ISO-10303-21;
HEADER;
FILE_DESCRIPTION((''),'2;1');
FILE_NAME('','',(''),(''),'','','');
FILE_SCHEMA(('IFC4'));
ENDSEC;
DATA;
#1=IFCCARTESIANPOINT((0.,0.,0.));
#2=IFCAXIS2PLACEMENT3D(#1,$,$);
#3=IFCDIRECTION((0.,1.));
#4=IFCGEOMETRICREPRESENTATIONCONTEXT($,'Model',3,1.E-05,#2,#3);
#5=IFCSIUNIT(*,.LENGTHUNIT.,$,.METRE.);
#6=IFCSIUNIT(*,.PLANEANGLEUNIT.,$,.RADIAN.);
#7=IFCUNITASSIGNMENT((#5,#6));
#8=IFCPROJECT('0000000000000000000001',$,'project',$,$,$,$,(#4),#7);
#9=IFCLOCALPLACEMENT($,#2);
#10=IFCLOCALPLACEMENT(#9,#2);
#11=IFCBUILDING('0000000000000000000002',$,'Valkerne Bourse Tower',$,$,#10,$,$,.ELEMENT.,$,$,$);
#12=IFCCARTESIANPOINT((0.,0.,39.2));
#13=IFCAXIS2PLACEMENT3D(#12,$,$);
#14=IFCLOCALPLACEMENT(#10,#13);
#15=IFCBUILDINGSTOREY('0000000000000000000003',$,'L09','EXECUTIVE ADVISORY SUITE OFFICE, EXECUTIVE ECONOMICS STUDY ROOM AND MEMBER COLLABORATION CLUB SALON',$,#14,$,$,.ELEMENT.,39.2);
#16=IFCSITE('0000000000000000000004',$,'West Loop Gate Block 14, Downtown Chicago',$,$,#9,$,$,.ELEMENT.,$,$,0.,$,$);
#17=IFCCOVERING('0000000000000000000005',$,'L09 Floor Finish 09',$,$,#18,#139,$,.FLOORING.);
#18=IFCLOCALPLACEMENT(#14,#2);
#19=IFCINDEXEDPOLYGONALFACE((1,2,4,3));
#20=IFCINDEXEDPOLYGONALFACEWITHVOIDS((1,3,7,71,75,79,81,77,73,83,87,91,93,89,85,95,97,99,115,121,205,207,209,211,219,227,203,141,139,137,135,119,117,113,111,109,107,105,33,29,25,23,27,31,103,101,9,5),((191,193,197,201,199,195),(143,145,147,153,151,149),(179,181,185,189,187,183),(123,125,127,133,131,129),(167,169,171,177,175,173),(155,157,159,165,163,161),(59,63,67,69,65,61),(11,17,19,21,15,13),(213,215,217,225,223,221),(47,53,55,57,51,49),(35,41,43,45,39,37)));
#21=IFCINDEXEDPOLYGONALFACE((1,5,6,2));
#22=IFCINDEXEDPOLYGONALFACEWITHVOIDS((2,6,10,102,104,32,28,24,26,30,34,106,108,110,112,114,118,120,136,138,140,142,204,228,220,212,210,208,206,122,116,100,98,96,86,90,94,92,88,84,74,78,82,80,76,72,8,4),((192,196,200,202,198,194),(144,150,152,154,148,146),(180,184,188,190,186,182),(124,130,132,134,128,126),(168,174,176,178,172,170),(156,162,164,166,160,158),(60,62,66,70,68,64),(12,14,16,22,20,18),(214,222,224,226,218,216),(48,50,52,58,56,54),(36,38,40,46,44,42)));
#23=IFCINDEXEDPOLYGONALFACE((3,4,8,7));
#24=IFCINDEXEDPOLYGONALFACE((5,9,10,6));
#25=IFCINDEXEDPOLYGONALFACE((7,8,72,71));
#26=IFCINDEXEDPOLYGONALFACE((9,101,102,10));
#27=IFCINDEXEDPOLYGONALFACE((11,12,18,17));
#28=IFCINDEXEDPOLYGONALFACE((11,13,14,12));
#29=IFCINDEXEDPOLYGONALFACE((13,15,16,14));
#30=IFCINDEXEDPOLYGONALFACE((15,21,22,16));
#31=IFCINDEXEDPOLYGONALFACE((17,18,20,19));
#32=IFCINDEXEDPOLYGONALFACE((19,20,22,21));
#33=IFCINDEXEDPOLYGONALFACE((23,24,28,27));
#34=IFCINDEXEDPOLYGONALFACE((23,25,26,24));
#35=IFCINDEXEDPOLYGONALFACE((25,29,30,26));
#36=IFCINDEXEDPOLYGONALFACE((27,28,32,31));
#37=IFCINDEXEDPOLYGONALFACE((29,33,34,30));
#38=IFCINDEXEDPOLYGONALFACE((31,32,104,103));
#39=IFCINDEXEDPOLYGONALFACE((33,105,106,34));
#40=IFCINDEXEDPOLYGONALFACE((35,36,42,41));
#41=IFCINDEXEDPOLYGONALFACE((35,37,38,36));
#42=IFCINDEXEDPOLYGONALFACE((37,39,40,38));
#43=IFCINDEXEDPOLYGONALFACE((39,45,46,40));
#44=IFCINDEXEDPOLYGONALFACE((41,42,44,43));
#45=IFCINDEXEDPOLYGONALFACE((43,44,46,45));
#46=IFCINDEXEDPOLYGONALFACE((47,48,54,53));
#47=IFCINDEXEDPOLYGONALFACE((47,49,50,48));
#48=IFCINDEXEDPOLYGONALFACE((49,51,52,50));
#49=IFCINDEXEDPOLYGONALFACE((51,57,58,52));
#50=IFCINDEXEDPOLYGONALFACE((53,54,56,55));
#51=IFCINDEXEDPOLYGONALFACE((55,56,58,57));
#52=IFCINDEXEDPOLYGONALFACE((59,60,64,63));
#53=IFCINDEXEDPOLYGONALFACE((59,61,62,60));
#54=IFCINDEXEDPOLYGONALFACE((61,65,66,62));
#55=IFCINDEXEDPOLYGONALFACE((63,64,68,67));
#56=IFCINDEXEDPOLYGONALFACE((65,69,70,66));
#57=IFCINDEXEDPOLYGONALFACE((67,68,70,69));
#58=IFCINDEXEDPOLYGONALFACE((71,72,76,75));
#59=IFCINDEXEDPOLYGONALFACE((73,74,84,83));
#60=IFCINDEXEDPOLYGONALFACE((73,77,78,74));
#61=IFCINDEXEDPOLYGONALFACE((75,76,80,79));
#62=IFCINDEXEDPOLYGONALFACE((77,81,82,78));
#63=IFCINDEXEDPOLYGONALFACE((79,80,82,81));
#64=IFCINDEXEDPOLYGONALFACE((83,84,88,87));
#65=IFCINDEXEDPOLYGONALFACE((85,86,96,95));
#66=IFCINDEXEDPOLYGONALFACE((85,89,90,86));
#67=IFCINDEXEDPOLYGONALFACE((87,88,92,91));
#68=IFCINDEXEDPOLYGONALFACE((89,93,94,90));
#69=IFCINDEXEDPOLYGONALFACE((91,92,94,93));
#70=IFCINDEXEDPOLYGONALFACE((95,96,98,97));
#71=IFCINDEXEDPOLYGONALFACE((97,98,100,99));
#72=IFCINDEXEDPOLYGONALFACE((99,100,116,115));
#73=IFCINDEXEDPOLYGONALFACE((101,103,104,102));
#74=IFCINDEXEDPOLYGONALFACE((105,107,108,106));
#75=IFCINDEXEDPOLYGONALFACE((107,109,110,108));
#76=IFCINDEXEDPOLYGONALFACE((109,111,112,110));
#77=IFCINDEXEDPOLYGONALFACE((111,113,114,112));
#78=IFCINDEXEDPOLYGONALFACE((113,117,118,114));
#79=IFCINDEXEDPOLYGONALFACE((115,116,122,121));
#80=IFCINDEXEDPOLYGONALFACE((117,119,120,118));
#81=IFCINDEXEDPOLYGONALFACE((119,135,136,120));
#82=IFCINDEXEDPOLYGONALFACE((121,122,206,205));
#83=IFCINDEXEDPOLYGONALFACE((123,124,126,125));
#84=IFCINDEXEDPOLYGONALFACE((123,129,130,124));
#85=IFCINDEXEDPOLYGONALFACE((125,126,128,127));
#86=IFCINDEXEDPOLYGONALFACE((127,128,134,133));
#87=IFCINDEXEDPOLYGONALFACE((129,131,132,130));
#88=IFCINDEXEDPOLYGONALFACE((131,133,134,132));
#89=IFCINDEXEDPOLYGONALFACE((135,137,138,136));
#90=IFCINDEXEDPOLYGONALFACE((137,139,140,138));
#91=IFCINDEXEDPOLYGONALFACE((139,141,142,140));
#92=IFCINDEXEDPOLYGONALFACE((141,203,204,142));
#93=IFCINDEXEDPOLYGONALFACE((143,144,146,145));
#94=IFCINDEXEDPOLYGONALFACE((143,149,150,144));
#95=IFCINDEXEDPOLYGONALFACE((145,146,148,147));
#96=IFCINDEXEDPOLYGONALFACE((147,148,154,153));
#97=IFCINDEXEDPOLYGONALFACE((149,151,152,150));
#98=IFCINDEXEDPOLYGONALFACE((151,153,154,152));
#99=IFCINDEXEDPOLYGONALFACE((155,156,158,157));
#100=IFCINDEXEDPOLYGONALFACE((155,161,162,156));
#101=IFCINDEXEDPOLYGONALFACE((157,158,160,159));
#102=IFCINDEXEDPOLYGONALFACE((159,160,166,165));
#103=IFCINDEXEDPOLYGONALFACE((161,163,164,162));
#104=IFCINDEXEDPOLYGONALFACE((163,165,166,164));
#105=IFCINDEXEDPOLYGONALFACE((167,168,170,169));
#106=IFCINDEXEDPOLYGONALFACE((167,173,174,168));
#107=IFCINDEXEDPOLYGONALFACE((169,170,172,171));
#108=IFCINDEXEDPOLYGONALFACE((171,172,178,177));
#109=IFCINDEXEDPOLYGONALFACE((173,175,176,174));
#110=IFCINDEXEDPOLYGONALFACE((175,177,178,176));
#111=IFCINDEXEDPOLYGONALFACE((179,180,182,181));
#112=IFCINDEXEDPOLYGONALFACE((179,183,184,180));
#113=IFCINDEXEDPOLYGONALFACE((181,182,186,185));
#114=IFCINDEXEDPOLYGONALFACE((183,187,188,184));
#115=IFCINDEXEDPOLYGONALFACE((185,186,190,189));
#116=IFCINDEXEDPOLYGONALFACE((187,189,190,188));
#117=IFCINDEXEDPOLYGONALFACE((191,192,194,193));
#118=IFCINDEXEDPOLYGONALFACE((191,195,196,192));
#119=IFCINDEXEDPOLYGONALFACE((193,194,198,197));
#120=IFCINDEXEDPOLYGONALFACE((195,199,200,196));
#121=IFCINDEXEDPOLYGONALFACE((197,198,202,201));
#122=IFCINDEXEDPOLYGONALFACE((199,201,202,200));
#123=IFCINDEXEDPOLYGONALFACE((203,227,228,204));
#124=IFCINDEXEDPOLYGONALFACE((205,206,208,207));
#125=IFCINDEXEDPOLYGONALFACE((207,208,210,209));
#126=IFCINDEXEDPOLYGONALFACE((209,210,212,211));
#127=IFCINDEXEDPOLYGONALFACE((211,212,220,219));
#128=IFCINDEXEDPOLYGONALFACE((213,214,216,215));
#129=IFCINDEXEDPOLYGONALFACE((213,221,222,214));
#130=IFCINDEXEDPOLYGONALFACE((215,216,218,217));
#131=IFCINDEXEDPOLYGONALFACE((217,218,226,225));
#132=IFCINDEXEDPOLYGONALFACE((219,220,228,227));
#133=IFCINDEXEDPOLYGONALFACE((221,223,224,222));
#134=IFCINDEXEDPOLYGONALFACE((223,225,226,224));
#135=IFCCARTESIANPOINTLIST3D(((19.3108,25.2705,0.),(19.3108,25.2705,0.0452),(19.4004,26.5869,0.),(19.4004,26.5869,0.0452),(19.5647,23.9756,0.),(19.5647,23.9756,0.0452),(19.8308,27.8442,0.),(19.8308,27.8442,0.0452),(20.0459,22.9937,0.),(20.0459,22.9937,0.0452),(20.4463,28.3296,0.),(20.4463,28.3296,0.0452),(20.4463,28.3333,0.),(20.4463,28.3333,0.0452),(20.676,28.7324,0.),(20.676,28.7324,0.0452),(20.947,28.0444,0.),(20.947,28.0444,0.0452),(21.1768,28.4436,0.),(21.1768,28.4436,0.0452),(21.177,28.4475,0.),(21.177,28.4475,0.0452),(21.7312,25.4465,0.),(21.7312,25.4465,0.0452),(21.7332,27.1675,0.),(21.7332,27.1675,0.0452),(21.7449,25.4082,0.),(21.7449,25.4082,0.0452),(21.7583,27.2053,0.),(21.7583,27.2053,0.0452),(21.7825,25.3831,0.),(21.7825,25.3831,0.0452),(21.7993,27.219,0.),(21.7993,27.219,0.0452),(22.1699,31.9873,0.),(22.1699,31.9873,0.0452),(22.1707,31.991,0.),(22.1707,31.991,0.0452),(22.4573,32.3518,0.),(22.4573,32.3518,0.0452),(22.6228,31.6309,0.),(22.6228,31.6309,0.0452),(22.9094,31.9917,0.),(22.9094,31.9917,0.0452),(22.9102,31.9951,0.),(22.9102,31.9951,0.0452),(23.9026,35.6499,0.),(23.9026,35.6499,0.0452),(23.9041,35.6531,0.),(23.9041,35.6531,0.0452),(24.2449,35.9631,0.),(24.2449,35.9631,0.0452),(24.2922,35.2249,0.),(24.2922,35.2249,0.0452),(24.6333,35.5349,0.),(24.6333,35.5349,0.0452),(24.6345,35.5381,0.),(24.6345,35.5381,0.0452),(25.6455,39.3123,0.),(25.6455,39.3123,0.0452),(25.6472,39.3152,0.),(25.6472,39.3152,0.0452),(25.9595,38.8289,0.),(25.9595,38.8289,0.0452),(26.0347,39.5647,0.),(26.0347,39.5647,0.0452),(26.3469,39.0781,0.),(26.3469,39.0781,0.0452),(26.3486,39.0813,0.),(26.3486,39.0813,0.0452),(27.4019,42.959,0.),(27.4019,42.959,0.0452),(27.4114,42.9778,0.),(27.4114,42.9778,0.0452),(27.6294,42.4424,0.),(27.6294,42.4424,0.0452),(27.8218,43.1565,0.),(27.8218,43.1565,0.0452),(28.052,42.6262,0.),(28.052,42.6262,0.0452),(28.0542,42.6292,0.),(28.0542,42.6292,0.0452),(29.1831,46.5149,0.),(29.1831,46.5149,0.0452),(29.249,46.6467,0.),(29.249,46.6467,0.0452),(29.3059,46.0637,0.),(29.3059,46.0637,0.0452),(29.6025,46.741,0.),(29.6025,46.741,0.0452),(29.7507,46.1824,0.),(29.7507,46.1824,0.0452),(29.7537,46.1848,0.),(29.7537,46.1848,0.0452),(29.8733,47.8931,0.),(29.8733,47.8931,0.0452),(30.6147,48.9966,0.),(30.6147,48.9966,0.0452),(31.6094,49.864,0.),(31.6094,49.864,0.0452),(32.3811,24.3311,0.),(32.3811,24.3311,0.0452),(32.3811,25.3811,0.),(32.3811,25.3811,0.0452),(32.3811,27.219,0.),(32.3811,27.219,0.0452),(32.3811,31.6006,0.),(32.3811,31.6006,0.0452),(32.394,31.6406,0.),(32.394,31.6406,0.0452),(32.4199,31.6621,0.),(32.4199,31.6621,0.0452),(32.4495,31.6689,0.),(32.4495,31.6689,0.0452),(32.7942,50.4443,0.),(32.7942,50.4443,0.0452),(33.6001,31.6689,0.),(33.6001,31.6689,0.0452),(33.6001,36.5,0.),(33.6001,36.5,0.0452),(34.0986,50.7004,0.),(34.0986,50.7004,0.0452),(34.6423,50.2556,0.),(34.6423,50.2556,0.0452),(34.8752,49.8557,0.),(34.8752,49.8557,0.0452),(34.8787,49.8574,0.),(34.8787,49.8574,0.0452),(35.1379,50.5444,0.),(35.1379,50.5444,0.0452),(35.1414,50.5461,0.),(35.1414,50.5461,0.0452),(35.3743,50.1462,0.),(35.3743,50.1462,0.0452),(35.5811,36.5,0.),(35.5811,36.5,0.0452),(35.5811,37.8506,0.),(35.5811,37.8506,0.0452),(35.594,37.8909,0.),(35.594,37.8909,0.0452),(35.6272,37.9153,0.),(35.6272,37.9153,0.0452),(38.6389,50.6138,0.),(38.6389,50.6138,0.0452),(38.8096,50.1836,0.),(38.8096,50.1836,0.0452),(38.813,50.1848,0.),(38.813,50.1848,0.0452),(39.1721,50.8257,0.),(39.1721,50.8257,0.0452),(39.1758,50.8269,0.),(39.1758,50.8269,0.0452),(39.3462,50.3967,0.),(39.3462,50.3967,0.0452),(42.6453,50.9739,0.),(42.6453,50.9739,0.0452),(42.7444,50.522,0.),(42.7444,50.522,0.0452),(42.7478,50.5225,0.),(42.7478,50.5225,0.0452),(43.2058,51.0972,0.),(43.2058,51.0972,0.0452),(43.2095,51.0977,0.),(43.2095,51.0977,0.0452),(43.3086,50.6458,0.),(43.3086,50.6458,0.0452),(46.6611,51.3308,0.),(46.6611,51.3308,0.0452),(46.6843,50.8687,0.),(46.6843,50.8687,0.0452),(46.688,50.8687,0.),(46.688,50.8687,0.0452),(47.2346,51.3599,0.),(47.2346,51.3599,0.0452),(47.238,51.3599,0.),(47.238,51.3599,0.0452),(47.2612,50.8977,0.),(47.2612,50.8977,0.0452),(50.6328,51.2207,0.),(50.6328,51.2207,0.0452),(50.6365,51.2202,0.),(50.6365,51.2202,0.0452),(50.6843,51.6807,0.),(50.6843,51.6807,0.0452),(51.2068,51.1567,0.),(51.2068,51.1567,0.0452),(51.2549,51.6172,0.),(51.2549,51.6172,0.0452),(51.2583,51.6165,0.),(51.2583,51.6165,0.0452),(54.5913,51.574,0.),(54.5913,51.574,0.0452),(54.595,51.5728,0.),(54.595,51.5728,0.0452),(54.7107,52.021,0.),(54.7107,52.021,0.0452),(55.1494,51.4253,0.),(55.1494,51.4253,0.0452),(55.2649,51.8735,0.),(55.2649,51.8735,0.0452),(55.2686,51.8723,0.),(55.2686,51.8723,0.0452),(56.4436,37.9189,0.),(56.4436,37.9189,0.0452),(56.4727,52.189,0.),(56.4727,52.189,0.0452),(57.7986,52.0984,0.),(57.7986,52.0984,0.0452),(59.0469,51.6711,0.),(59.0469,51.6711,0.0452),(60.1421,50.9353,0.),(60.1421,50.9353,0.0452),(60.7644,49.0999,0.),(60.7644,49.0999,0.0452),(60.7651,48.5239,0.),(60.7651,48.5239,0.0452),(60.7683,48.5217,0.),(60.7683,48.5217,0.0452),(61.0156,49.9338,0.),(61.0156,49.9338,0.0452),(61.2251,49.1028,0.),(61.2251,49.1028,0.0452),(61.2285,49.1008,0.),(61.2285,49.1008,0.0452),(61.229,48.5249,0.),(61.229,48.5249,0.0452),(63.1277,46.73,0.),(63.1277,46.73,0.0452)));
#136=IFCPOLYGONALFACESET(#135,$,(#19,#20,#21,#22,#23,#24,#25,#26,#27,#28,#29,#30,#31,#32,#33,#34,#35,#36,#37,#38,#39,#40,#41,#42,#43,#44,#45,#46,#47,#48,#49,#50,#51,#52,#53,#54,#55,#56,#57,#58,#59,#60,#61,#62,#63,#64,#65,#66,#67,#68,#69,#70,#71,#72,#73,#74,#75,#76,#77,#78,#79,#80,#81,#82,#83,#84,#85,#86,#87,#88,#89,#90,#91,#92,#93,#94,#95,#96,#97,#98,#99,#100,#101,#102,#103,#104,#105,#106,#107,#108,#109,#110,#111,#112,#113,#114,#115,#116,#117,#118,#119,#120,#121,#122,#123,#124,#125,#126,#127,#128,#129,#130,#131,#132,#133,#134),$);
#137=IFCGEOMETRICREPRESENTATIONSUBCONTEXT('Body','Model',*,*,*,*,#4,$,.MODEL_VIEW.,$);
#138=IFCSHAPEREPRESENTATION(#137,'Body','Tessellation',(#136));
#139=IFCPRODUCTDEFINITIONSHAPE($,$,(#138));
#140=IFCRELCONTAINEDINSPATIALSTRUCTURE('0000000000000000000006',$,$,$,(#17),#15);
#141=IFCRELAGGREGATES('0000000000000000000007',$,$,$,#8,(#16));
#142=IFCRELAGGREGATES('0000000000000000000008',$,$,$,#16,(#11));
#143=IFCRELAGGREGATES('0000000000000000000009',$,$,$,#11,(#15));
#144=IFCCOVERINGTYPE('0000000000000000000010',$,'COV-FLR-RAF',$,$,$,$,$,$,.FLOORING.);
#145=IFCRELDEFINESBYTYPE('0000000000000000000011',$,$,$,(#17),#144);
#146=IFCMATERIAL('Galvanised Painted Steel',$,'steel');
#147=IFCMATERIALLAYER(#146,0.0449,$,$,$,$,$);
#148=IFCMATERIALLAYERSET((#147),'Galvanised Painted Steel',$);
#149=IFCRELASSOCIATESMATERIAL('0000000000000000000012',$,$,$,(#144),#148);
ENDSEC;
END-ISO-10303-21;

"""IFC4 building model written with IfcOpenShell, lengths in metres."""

from ifc_helpers import new_model, si_unit, direction, frame, origin, place, context, subcontext, project, spatial, polyline, outline, extrude, material, layer, layer_set, type_object, element, save


model = new_model("IFC4")

# Units and contexts
model_context = context("Model", 3, precision=1e-05, world=origin(), true_north=direction((0.0, 1.0)))
body_context = subcontext(model_context, "Body", "Model", "MODEL_VIEW")
ifc_project = project(units=[si_unit("LENGTHUNIT", "METRE"), si_unit("PLANEANGLEUNIT", "RADIAN")], contexts=[model_context])

# Site, building, storey
site_placement = place(None, origin())
site = spatial("IfcSite", under=ifc_project, at=site_placement, Name="West Loop Gate Block 14, Downtown Chicago", CompositionType="ELEMENT", RefElevation=0.0)
building_placement = place(site_placement, origin())
building = spatial("IfcBuilding", under=site, at=building_placement, Name="Valkerne Bourse Tower", CompositionType="ELEMENT")
storey_placement = place(building_placement, frame((0.0, 0.0, 39.2)))
storey = spatial("IfcBuildingStorey", under=building, at=storey_placement, Name="L09", Description="EXECUTIVE ADVISORY SUITE OFFICE, EXECUTIVE ECONOMICS STUDY ROOM AND MEMBER COLLABORATION CLUB SALON", CompositionType="ELEMENT", Elevation=39.2)

# Covering
ifc_material_1 = material(Name="Galvanised Painted Steel", Category="steel")
ifc_layer_1 = layer(ifc_material_1, 0.0449)
ifc_layer_set_1 = layer_set([ifc_layer_1], Name="Galvanised Painted Steel")
covering_type_1 = type_object("IfcCoveringType", Name="COV-FLR-RAF", PredefinedType="FLOORING", material=ifc_layer_set_1)
covering_1_placement = place(storey_placement, origin())
element("IfcCovering", 1, at=covering_1_placement, inside=storey, type_object=covering_type_1, Name="L09 Floor Finish 09", PredefinedType="FLOORING", context=body_context, shape_type="SweptSolid", body=[
    extrude(outline(polyline([(19.4004, 26.5869), (19.8308, 27.8442), (27.4019, 42.959), (27.6294, 42.4424), (28.052, 42.6262), (28.0542, 42.6292), (27.8218, 43.1565), (27.4114, 42.9778), (29.1831, 46.5149), (29.3059, 46.0637), (29.7507, 46.1824), (29.7537, 46.1848), (29.6025, 46.741), (29.249, 46.6467), (29.8733, 47.8931), (30.6147, 48.9966), (31.6094, 49.864), (32.7942, 50.4443), (34.0986, 50.7004), (56.4727, 52.189), (57.7986, 52.0984), (59.0469, 51.6711), (60.1421, 50.9353), (61.0156, 49.9338), (63.1277, 46.73), (56.4436, 37.9189), (35.6272, 37.9153), (35.594, 37.8909), (35.5811, 37.8506), (35.5811, 36.5), (33.6001, 36.5), (33.6001, 31.6689), (32.4495, 31.6689), (32.4199, 31.6621), (32.394, 31.6406), (32.3811, 31.6006), (32.3811, 27.219), (21.7993, 27.219), (21.7583, 27.2053), (21.7332, 27.1675), (21.7312, 25.4465), (21.7449, 25.4082), (21.7825, 25.3831), (32.3811, 25.3811), (32.3811, 24.3311), (20.0459, 22.9937), (19.5647, 23.9756), (19.3108, 25.2705), (19.4004, 26.5869)]), holes=[polyline([(21.177, 28.4475), (20.676, 28.7324), (20.4463, 28.3333), (20.4463, 28.3296), (20.947, 28.0444), (21.1768, 28.4436), (21.177, 28.4475)]), polyline([(22.9094, 31.9917), (22.9102, 31.9951), (22.4573, 32.3518), (22.1707, 31.991), (22.1699, 31.9873), (22.6228, 31.6309), (22.9094, 31.9917)]), polyline([(24.6345, 35.5381), (24.2449, 35.9631), (23.9041, 35.6531), (23.9026, 35.6499), (24.2922, 35.2249), (24.6333, 35.5349), (24.6345, 35.5381)]), polyline([(26.3469, 39.0781), (26.3486, 39.0813), (26.0347, 39.5647), (25.6472, 39.3152), (25.6455, 39.3123), (25.9595, 38.8289), (26.3469, 39.0781)]), polyline([(34.8787, 49.8574), (35.3743, 50.1462), (35.1414, 50.5461), (35.1379, 50.5444), (34.6423, 50.2556), (34.8752, 49.8557), (34.8787, 49.8574)]), polyline([(38.813, 50.1848), (39.3462, 50.3967), (39.1758, 50.8269), (39.1721, 50.8257), (38.6389, 50.6138), (38.8096, 50.1836), (38.813, 50.1848)]), polyline([(42.7478, 50.5225), (43.3086, 50.6458), (43.2095, 51.0977), (43.2058, 51.0972), (42.6453, 50.9739), (42.7444, 50.522), (42.7478, 50.5225)]), polyline([(47.238, 51.3599), (47.2346, 51.3599), (46.6611, 51.3308), (46.6843, 50.8687), (46.688, 50.8687), (47.2612, 50.8977), (47.238, 51.3599)]), polyline([(51.2583, 51.6165), (51.2549, 51.6172), (50.6843, 51.6807), (50.6328, 51.2207), (50.6365, 51.2202), (51.2068, 51.1567), (51.2583, 51.6165)]), polyline([(55.2686, 51.8723), (55.2649, 51.8735), (54.7107, 52.021), (54.5913, 51.574), (54.595, 51.5728), (55.1494, 51.4253), (55.2686, 51.8723)]), polyline([(61.229, 48.5249), (61.2285, 49.1008), (61.2251, 49.1028), (60.7644, 49.0999), (60.7651, 48.5239), (60.7683, 48.5217), (61.229, 48.5249)])]), origin(), (0.0, 0.0, 1.0), 0.0452),
])

save(model, "model.ifc")
